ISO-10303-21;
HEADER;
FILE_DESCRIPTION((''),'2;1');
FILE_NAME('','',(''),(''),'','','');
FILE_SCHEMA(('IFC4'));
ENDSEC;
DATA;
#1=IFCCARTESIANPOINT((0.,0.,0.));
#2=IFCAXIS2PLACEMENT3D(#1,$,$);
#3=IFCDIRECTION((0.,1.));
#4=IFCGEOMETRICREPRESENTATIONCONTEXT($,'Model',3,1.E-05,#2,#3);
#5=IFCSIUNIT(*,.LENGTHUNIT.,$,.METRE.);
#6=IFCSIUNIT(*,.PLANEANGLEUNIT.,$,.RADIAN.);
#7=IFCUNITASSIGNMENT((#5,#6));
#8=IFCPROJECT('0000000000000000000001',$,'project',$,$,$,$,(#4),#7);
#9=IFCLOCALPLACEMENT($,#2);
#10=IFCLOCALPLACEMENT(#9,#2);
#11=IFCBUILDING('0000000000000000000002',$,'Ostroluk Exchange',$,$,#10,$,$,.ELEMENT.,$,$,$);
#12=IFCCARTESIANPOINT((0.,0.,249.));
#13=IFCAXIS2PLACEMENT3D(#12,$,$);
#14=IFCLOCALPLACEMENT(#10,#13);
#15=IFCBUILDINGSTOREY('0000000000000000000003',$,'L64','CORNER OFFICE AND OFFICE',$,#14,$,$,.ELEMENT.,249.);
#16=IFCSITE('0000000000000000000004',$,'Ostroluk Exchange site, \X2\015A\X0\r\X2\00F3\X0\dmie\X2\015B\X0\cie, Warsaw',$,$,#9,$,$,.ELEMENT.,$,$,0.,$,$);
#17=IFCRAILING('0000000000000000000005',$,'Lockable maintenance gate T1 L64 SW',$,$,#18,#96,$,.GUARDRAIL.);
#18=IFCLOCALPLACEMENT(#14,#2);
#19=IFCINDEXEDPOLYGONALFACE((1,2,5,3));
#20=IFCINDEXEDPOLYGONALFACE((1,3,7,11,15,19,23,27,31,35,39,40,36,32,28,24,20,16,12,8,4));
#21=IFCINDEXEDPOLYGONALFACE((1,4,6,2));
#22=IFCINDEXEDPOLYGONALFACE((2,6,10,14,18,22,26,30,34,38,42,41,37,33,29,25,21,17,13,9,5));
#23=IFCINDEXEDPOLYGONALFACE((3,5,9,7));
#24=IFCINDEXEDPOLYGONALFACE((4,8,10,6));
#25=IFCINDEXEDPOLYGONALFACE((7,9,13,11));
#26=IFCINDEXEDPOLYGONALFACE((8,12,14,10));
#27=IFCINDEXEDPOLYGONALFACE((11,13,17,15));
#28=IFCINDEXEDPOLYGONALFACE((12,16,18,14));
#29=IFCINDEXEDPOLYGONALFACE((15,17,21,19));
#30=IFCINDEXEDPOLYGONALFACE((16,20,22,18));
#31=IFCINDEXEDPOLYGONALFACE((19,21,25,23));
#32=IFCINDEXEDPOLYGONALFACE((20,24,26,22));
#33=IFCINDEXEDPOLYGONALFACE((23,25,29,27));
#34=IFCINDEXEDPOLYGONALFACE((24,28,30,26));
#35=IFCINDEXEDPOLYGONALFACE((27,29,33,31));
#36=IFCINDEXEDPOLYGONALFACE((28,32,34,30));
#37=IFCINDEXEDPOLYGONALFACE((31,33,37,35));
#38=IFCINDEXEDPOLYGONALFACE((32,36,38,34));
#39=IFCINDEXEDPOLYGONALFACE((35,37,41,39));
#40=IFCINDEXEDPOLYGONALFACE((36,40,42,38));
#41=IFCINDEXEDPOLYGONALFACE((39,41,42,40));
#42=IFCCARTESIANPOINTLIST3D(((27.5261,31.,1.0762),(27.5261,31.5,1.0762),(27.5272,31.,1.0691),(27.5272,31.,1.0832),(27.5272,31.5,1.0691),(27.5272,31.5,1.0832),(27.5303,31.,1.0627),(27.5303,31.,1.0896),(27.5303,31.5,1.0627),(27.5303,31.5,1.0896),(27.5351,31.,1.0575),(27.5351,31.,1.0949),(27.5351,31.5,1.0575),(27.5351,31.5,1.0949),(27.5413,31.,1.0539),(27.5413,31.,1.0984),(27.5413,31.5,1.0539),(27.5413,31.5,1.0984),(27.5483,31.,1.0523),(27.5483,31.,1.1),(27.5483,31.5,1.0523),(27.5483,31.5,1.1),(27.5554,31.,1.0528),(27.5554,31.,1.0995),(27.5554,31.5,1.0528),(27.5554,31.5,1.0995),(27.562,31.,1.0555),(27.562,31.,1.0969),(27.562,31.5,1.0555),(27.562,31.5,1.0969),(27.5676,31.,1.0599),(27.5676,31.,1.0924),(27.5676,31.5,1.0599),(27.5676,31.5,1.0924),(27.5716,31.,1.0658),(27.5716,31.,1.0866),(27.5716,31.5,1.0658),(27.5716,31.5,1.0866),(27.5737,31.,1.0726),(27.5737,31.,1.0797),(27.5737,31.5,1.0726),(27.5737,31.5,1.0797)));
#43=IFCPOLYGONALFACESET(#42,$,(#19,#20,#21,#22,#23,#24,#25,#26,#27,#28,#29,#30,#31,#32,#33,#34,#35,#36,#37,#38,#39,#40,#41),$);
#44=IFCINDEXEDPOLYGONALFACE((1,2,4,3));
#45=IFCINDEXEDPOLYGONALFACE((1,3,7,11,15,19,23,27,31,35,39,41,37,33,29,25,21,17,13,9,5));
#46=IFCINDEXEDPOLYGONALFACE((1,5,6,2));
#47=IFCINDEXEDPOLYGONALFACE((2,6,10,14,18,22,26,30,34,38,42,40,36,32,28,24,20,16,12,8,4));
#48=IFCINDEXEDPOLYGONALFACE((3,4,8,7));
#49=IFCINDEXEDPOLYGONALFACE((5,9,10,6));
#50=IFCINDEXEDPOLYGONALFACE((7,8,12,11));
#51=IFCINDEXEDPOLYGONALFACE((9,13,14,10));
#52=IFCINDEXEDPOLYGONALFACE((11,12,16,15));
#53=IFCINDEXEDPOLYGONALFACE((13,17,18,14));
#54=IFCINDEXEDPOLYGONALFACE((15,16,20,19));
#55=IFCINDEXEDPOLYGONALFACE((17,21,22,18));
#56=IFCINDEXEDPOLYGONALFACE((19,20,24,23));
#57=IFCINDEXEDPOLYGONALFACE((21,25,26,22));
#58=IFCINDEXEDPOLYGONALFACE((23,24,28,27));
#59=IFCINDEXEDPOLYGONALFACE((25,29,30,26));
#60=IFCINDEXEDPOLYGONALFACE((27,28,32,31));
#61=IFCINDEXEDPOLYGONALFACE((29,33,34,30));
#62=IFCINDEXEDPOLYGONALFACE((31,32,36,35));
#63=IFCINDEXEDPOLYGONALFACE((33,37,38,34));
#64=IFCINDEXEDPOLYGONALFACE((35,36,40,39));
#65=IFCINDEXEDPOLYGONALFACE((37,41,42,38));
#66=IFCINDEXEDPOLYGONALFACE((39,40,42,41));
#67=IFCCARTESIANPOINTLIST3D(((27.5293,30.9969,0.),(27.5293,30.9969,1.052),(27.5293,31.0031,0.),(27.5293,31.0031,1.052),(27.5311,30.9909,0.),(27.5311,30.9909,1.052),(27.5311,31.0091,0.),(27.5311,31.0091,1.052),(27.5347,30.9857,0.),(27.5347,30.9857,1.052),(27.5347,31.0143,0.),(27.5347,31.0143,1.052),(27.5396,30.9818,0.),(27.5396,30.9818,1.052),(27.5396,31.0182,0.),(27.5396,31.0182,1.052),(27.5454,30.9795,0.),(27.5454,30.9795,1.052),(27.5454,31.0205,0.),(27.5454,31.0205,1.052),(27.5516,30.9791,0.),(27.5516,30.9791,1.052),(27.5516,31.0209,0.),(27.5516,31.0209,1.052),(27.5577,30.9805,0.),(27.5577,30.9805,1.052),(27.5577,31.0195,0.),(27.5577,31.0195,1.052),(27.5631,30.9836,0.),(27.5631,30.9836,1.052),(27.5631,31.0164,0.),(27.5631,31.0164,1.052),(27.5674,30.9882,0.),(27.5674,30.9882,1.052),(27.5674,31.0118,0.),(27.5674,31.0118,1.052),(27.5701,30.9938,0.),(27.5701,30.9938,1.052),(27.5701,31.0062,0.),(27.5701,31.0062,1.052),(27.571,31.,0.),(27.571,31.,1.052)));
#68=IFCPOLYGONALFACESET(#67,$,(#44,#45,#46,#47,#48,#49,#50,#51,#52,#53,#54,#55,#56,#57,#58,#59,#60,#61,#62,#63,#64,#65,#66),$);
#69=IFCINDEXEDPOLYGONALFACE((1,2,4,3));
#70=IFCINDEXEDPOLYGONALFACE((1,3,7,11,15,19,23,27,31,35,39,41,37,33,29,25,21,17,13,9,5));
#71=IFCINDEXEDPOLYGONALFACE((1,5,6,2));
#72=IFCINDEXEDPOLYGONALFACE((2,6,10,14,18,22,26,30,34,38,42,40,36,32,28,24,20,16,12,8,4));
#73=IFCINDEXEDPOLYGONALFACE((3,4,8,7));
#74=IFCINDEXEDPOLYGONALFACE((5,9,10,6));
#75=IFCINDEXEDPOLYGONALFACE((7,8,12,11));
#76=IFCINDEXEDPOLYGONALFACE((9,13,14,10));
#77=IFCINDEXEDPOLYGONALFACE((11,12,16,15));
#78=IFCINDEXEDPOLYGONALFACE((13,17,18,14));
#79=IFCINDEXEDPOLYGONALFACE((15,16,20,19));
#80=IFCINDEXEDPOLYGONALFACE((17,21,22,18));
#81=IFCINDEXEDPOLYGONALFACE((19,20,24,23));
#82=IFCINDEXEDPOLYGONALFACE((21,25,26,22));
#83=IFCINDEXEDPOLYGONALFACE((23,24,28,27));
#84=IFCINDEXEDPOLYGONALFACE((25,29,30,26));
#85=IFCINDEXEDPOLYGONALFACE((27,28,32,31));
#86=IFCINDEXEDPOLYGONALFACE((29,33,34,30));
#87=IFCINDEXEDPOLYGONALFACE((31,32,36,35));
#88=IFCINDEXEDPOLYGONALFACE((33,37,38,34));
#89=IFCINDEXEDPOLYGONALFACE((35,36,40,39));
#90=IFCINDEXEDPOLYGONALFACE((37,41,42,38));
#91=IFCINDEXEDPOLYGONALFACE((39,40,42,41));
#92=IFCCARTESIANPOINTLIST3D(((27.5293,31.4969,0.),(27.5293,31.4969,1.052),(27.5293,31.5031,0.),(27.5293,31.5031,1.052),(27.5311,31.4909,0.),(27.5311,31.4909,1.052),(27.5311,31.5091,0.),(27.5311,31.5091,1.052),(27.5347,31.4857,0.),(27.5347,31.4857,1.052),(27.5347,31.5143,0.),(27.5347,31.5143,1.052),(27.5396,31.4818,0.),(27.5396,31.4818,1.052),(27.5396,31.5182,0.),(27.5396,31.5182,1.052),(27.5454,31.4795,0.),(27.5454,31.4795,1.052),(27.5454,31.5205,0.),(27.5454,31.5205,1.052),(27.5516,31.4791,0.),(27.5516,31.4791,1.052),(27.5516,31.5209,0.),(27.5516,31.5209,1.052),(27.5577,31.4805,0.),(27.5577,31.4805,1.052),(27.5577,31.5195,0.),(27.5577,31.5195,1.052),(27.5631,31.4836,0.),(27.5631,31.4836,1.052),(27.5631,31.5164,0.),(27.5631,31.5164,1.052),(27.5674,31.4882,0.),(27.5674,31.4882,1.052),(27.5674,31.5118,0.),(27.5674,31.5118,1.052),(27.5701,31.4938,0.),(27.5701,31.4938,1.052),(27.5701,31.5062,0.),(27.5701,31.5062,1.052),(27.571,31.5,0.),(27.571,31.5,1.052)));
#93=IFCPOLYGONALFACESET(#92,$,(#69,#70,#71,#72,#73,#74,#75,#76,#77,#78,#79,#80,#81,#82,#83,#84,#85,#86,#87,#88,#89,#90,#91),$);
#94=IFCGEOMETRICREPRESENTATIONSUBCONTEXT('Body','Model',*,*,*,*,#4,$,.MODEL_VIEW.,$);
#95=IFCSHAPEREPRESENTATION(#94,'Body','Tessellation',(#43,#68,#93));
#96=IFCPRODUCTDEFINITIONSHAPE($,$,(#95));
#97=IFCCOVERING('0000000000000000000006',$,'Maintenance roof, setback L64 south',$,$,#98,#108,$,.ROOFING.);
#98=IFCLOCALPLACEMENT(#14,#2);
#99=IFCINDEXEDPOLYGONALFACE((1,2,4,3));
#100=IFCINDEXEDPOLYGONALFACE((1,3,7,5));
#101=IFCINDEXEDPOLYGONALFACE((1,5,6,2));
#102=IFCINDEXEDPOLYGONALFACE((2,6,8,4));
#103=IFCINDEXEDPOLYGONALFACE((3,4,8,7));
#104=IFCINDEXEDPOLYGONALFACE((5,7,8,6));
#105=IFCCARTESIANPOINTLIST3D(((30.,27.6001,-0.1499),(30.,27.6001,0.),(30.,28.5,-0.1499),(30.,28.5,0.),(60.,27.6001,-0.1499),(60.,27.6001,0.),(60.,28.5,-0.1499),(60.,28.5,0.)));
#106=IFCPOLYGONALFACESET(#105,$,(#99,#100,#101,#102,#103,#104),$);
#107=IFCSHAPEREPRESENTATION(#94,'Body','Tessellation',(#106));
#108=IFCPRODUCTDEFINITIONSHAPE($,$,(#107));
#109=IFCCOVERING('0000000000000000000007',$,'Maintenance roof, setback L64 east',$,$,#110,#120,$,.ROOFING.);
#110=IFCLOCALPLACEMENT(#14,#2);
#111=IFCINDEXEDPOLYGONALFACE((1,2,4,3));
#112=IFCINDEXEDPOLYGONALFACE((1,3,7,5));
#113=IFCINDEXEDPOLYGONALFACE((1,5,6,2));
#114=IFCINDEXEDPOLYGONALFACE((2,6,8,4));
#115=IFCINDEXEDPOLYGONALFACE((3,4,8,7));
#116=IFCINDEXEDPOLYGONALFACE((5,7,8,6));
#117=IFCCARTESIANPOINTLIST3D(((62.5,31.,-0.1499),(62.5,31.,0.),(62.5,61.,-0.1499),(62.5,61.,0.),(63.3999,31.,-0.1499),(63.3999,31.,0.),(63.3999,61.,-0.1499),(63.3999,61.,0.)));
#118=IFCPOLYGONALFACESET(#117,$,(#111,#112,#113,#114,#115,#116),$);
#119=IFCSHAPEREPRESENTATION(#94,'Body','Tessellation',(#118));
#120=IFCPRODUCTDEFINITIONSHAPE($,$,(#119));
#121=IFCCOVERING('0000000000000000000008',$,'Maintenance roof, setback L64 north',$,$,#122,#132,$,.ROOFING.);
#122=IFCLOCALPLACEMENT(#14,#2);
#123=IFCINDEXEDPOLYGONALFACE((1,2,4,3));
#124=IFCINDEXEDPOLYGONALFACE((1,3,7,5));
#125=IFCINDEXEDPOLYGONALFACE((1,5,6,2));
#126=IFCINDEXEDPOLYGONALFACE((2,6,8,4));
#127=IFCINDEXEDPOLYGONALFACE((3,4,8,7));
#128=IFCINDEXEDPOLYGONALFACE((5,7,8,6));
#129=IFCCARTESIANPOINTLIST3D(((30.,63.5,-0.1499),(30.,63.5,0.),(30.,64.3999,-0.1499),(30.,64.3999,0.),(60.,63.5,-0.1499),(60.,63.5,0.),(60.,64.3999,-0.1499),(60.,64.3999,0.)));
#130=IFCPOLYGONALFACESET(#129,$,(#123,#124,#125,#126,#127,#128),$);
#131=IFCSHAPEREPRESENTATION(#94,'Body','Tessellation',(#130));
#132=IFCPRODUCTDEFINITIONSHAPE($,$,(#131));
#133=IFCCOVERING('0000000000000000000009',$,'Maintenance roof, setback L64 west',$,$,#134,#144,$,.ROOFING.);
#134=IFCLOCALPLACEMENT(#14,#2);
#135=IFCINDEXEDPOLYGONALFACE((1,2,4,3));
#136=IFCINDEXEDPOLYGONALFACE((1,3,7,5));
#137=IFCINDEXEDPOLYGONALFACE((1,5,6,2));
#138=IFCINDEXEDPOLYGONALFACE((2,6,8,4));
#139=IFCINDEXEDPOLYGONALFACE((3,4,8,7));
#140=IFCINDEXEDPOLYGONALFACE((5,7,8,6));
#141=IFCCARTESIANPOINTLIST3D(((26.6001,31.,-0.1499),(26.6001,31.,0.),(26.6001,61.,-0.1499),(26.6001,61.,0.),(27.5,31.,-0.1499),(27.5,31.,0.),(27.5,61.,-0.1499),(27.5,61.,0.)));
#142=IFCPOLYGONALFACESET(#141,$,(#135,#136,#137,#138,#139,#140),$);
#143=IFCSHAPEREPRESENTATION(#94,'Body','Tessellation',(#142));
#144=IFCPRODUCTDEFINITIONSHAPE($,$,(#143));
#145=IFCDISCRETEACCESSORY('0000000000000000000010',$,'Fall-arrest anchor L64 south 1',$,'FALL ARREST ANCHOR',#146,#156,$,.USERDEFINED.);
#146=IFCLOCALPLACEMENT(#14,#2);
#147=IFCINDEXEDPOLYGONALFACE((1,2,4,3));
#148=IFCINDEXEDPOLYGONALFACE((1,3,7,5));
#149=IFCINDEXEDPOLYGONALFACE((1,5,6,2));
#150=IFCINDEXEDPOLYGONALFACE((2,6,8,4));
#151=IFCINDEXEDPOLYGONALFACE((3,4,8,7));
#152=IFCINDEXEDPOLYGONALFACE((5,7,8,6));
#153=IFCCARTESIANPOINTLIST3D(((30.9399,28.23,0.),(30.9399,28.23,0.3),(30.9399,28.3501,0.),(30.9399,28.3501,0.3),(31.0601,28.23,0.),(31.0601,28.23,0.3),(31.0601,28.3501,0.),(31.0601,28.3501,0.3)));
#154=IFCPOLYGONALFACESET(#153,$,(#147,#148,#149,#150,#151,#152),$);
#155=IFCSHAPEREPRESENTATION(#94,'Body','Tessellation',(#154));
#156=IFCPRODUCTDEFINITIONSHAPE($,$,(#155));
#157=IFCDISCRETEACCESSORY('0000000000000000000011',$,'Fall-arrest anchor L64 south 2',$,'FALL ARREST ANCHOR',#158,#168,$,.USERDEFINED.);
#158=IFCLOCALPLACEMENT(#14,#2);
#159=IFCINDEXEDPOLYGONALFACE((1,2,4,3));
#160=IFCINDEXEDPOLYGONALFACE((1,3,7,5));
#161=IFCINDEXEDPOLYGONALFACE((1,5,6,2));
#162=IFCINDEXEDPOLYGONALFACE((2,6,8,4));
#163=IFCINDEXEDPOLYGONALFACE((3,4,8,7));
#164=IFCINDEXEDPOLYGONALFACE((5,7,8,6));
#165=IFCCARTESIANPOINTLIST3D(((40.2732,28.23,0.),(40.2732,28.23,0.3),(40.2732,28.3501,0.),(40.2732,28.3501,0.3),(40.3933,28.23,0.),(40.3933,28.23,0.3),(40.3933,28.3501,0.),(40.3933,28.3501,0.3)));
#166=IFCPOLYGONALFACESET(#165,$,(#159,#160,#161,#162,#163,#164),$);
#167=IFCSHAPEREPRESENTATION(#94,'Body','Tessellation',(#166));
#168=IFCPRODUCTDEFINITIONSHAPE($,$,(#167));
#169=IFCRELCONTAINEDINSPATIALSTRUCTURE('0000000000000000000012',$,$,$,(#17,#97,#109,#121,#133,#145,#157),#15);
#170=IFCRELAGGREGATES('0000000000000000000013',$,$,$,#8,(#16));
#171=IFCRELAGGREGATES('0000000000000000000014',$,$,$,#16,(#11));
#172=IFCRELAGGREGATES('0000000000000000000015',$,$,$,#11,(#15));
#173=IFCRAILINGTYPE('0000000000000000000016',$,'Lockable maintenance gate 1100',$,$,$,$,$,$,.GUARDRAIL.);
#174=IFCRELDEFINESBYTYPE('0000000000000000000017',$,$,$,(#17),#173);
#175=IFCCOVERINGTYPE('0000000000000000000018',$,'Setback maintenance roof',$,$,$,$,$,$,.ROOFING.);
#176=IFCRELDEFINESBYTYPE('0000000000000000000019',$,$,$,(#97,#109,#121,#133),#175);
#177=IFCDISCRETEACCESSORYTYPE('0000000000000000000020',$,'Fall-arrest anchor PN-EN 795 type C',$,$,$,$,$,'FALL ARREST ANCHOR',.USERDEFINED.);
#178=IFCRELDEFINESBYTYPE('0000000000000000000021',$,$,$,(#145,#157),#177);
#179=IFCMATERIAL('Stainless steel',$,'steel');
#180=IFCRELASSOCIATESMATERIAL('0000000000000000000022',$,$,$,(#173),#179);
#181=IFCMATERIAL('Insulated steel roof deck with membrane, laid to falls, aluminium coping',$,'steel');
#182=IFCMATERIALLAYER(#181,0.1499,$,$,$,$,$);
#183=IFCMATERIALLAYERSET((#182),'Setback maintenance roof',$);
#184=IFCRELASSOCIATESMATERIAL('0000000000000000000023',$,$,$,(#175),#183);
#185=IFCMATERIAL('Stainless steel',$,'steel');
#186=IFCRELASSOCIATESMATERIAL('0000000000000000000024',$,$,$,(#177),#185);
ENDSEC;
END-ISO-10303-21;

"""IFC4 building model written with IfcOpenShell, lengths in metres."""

from ifc_helpers import new_model, si_unit, direction, frame, origin, origin_2d, place, context, subcontext, project, spatial, polyline, rectangle, circle, outline, extrude, material, layer, layer_set, type_object, element, save


model = new_model("IFC4")

# Units and contexts
model_context = context("Model", 3, precision=1e-05, world=origin(), true_north=direction((0.0, 1.0)))
body_context = subcontext(model_context, "Body", "Model", "MODEL_VIEW")
ifc_project = project(units=[si_unit("LENGTHUNIT", "METRE"), si_unit("PLANEANGLEUNIT", "RADIAN")], contexts=[model_context])

# Site, building, storey
site_placement = place(None, origin())
site = spatial("IfcSite", under=ifc_project, at=site_placement, Name="Ostroluk Exchange site, Śródmieście, Warsaw", CompositionType="ELEMENT", RefElevation=0.0)
building_placement = place(site_placement, origin())
building = spatial("IfcBuilding", under=site, at=building_placement, Name="Ostroluk Exchange", CompositionType="ELEMENT")
storey_placement = place(building_placement, frame((0.0, 0.0, 249.0)))
storey = spatial("IfcBuildingStorey", under=building, at=storey_placement, Name="L64", Description="CORNER OFFICE AND OFFICE", CompositionType="ELEMENT", Elevation=249.0)

# Railing
ifc_material_1 = material(Name="Stainless steel", Category="steel")
railing_type_1 = type_object("IfcRailingType", Name="Lockable maintenance gate 1100", PredefinedType="GUARDRAIL", material=ifc_material_1)
railing_1_placement = place(storey_placement, frame((27.55, 31.0, 0.0)))
element("IfcRailing", 1, at=railing_1_placement, inside=storey, type_object=railing_type_1, Name="Lockable maintenance gate T1 L64 SW", PredefinedType="GUARDRAIL", context=body_context, shape_type="SweptSolid", body=[
    extrude(circle(Radius=0.0239, at=origin_2d()), frame((0.0, 0.0, 1.0762), z_axis=(0.0, 1.0, 0.0), x_axis=(-1.0, 0.0, 0.0)), (0.0, 0.0, 1.0), 0.5),
    extrude(circle(Radius=0.021, at=origin_2d()), origin(), (0.0, 0.0, 1.0), 1.052),
    extrude(circle(Radius=0.021, at=origin_2d()), frame((0.0, 0.5, 0.0)), (0.0, 0.0, 1.0), 1.052),
])

# Coverings
ifc_material_2 = material(Name="Insulated steel roof deck with membrane, laid to falls, aluminium coping", Category="steel")
ifc_layer_1 = layer(ifc_material_2, 0.1499)
ifc_layer_set_1 = layer_set([ifc_layer_1], Name="Setback maintenance roof")
covering_type = type_object("IfcCoveringType", Name="Setback maintenance roof", PredefinedType="ROOFING", material=ifc_layer_set_1)
covering_1_placement = place(storey_placement, frame((0.0, 0.0, -0.1499)))
element("IfcCovering", 2, at=covering_1_placement, inside=storey, type_object=covering_type, Name="Maintenance roof, setback L64 south", PredefinedType="ROOFING", context=body_context, shape_type="SweptSolid", body=[
    extrude(outline(polyline([(30.0, 28.5), (60.0, 28.5), (60.0, 27.6001), (30.0, 27.6001), (30.0, 28.5)])), origin(), (0.0, 0.0, 1.0), 0.1499),
])
covering_2_placement = place(storey_placement, frame((0.0, 0.0, -0.1499)))
element("IfcCovering", 3, at=covering_2_placement, inside=storey, type_object=covering_type, Name="Maintenance roof, setback L64 east", PredefinedType="ROOFING", context=body_context, shape_type="SweptSolid", body=[
    extrude(outline(polyline([(62.5, 61.0), (63.3999, 61.0), (63.3999, 31.0), (62.5, 31.0), (62.5, 61.0)])), origin(), (0.0, 0.0, 1.0), 0.1499),
])
covering_3_placement = place(storey_placement, frame((0.0, 0.0, -0.1499)))
element("IfcCovering", 4, at=covering_3_placement, inside=storey, type_object=covering_type, Name="Maintenance roof, setback L64 north", PredefinedType="ROOFING", context=body_context, shape_type="SweptSolid", body=[
    extrude(outline(polyline([(30.0, 64.3999), (60.0, 64.3999), (60.0, 63.5), (30.0, 63.5), (30.0, 64.3999)])), origin(), (0.0, 0.0, 1.0), 0.1499),
])
covering_4_placement = place(storey_placement, frame((0.0, 0.0, -0.1499)))
element("IfcCovering", 5, at=covering_4_placement, inside=storey, type_object=covering_type, Name="Maintenance roof, setback L64 west", PredefinedType="ROOFING", context=body_context, shape_type="SweptSolid", body=[
    extrude(outline(polyline([(26.6001, 61.0), (27.5, 61.0), (27.5, 31.0), (26.6001, 31.0), (26.6001, 61.0)])), origin(), (0.0, 0.0, 1.0), 0.1499),
])

# Discrete accessories
ifc_material_3 = material(Name="Stainless steel", Category="steel")
discrete_accessory_type = type_object("IfcDiscreteAccessoryType", Name="Fall-arrest anchor PN-EN 795 type C", ElementType="FALL ARREST ANCHOR", PredefinedType="USERDEFINED", material=ifc_material_3)
for number, where, z_axis, x_axis, name in (
    (6, (31.0, 28.29, 0.0), (0.0, 0.0, 1.0), (1.0, 0.0, 0.0), "Fall-arrest anchor L64 south 1"),
    (7, (40.3333, 28.29, 0.0), (0.0, 0.0, 1.0), (1.0, 0.0, 0.0), "Fall-arrest anchor L64 south 2"),
):
    element("IfcDiscreteAccessory", number, at=place(storey_placement, frame(where, z_axis=z_axis, x_axis=x_axis)), inside=storey, type_object=discrete_accessory_type, Name=name, ObjectType="FALL ARREST ANCHOR", PredefinedType="USERDEFINED", context=body_context, shape_type="SweptSolid", body=[
        extrude(rectangle(XDim=0.1201, YDim=0.1201, at=origin_2d()), origin(), (0.0, 0.0, 1.0), 0.3),
    ])

save(model, "model.ifc")
